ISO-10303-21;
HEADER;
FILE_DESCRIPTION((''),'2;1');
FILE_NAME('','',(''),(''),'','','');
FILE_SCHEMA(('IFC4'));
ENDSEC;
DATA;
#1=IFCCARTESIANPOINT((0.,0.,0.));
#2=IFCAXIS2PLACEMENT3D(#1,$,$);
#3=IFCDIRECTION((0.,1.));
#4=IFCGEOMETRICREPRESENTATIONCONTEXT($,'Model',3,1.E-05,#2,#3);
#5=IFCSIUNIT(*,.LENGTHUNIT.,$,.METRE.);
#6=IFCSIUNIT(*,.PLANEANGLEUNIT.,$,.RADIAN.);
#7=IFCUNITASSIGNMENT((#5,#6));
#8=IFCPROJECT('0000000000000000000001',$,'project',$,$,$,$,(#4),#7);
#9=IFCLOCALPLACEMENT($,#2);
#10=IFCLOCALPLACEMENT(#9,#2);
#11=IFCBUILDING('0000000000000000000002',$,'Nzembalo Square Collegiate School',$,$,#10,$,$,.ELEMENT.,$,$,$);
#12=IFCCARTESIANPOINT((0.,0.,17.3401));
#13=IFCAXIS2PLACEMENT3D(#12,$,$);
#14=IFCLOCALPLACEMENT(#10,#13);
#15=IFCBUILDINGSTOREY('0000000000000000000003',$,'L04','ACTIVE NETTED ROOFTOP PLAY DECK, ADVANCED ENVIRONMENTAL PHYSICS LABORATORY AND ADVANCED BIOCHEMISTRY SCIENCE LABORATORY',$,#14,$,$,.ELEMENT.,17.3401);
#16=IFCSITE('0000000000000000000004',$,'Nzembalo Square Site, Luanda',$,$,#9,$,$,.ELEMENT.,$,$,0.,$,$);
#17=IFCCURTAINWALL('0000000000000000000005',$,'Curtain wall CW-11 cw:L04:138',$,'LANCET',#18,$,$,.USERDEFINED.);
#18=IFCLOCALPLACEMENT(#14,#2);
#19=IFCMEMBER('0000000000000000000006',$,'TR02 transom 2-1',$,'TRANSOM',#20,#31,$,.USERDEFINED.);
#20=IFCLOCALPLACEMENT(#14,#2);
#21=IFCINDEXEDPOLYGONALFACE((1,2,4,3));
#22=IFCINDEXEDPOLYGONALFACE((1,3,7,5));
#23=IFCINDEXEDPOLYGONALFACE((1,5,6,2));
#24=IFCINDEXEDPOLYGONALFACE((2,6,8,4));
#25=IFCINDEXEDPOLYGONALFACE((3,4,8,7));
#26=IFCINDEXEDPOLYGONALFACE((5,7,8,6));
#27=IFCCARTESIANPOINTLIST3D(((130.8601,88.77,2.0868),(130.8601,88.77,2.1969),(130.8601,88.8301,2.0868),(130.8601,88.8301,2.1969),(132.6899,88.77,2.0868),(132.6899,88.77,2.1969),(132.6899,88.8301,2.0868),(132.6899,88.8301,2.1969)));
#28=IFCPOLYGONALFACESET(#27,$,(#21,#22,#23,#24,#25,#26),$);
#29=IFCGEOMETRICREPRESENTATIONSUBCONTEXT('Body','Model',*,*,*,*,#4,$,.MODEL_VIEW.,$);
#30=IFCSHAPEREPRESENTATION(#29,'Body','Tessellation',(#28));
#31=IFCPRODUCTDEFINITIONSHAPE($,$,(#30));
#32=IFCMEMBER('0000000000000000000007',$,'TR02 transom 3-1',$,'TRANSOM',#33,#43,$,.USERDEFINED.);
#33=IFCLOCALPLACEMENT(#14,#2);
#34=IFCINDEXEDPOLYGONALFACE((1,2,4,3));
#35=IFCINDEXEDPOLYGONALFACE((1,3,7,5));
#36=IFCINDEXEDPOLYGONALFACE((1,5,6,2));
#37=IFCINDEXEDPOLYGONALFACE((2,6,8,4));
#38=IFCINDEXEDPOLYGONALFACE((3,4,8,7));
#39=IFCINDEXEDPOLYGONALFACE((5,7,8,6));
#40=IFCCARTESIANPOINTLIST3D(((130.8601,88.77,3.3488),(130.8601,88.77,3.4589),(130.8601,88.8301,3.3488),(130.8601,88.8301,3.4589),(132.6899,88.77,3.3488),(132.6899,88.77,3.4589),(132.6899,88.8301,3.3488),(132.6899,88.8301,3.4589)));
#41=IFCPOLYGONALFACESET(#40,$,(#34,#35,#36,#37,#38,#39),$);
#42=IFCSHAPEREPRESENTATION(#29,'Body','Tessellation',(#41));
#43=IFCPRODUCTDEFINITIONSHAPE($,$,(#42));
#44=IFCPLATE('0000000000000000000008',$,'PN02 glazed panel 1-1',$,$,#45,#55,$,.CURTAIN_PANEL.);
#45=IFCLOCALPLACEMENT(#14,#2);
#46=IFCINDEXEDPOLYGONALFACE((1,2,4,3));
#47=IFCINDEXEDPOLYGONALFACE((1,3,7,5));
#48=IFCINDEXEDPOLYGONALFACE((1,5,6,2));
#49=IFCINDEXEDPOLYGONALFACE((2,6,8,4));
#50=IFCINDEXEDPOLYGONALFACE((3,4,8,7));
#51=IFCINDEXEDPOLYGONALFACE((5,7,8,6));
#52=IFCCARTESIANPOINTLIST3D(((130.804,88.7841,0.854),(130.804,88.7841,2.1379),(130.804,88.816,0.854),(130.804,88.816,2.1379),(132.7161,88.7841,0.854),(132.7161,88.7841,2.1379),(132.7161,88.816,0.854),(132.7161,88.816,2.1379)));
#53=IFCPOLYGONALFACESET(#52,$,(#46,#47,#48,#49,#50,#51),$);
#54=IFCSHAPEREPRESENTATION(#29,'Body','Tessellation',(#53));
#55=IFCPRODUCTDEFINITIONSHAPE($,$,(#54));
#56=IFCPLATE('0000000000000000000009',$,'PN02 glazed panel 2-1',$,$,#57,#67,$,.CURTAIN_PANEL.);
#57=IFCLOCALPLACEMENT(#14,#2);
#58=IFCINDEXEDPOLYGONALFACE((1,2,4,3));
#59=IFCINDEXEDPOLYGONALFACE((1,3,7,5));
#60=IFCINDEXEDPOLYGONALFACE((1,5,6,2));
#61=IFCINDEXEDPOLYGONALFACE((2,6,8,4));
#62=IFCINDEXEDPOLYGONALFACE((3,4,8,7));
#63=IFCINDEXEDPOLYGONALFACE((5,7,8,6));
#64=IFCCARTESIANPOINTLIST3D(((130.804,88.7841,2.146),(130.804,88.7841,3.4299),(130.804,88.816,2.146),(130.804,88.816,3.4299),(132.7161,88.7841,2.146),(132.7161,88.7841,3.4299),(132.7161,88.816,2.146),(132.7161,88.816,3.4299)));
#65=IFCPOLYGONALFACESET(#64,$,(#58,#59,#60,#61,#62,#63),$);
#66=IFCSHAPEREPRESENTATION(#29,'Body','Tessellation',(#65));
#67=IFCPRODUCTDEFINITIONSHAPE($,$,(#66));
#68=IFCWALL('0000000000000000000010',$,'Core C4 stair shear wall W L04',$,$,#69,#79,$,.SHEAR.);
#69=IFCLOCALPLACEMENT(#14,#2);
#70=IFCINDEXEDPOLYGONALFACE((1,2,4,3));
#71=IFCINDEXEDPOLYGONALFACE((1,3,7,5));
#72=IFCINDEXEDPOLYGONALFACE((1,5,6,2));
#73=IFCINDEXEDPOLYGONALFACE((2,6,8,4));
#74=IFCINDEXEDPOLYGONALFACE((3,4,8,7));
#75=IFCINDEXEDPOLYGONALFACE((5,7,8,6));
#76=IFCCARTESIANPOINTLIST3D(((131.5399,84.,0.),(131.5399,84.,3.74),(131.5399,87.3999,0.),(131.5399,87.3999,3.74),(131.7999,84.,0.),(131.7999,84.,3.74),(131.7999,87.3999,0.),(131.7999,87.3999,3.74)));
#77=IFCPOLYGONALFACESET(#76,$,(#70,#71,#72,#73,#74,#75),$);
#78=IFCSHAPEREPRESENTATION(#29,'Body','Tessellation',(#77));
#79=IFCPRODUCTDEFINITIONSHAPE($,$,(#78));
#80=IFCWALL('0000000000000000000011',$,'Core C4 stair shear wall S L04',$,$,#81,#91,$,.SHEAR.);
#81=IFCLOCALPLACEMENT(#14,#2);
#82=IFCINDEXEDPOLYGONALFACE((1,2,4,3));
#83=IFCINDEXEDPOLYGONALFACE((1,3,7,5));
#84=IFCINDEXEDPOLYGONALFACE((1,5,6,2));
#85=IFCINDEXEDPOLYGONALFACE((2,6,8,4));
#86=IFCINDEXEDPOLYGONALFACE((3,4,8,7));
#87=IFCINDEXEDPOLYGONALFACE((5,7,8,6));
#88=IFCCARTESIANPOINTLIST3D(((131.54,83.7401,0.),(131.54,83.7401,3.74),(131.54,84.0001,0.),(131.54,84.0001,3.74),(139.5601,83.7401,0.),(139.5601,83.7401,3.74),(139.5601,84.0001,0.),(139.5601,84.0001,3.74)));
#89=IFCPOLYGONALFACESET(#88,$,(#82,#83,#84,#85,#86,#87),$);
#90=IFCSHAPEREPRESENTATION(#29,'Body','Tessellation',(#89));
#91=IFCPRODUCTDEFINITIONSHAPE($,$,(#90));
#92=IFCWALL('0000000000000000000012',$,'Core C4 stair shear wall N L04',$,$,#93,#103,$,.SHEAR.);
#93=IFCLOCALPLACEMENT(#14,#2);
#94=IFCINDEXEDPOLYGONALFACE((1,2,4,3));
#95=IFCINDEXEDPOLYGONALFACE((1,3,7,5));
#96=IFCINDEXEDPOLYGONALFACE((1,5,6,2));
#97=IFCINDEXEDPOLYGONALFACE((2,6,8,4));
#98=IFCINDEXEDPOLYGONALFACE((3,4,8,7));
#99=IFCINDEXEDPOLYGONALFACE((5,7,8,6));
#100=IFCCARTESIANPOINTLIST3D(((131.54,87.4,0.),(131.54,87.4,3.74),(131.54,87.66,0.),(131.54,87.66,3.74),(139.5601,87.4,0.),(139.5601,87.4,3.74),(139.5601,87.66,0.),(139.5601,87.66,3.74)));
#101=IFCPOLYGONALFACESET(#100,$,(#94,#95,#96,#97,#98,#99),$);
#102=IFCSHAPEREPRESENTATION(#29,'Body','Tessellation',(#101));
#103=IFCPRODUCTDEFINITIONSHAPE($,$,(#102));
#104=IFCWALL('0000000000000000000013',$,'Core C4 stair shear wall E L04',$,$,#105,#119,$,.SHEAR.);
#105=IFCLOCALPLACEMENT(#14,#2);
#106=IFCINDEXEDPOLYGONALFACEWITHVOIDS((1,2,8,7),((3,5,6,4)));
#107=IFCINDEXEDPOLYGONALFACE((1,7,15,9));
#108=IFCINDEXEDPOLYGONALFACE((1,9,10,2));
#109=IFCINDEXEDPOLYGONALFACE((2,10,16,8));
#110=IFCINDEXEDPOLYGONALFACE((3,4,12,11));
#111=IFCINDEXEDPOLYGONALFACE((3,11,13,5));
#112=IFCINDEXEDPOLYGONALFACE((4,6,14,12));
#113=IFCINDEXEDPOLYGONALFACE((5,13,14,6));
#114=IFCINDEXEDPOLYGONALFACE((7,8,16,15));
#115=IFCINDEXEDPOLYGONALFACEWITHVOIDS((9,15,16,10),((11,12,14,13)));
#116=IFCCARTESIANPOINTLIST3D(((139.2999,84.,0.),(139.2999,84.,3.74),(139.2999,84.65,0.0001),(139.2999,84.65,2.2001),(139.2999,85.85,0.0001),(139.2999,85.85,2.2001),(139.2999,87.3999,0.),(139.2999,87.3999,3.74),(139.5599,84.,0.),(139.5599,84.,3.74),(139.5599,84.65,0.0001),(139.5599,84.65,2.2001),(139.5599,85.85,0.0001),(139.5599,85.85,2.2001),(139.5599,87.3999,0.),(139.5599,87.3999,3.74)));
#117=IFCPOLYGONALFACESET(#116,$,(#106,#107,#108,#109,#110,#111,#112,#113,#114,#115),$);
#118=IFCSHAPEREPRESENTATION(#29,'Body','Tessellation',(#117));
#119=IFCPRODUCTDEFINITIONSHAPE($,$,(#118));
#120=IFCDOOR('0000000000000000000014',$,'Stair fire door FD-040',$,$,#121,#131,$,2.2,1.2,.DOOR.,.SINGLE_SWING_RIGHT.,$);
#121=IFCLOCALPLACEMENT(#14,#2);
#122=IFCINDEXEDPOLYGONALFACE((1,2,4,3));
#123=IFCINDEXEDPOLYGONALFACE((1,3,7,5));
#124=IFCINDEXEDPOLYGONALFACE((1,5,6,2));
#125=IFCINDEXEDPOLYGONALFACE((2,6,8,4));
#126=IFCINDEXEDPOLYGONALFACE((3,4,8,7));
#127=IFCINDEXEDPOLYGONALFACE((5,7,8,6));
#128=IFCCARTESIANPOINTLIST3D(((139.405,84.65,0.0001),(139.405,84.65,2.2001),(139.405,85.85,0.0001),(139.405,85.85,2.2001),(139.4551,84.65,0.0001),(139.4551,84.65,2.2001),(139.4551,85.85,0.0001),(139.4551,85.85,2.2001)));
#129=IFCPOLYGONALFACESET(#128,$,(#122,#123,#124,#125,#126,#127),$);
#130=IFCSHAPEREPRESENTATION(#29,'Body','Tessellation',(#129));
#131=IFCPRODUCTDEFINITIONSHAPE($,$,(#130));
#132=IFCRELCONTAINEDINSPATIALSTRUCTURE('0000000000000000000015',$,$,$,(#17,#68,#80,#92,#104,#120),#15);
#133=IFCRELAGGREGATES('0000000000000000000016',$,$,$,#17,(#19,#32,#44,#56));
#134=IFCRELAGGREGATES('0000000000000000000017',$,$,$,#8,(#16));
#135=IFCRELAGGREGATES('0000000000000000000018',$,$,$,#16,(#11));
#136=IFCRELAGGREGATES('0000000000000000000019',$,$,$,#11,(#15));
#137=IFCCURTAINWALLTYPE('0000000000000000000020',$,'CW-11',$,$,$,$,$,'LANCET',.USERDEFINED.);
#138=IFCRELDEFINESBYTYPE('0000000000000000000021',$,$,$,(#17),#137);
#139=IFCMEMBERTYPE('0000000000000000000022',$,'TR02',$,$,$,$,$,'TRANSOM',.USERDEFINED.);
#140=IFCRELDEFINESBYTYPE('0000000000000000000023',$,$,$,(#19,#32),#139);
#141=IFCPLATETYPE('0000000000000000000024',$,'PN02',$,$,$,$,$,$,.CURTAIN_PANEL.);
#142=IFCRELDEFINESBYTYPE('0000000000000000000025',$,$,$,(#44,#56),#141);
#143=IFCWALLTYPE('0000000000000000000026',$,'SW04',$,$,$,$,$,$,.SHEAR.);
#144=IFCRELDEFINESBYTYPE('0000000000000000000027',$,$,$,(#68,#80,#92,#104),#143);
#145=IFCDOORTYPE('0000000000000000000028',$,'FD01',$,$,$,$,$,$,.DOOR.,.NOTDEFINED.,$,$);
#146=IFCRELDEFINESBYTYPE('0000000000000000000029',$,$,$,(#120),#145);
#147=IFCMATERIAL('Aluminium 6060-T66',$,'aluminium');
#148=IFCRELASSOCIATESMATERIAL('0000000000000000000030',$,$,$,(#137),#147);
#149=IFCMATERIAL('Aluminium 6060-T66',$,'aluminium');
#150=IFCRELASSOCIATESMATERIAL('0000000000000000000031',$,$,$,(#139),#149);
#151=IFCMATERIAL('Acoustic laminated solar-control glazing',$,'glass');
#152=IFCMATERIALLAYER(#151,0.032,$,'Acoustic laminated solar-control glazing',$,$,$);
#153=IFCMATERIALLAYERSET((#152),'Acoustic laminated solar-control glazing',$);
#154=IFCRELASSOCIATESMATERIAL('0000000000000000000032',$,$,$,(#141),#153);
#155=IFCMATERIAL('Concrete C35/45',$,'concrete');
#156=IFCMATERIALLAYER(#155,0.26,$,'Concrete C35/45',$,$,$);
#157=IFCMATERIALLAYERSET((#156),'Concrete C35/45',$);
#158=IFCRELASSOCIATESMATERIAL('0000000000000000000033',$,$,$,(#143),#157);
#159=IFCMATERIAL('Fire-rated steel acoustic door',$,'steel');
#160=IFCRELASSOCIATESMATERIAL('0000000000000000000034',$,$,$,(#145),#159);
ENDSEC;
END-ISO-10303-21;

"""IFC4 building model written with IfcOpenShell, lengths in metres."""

from ifc_helpers import new_model, si_unit, direction, frame, frame_2d, origin, origin_2d, place, context, subcontext, project, spatial, rectangle, extrude, material, layer, layer_set, material_profile, profile_set, type_object, element, fill, aggregate, save


model = new_model("IFC4")

# Units and contexts
model_context = context("Model", 3, precision=1e-05, world=origin(), true_north=direction((0.0, 1.0)))
body_context = subcontext(model_context, "Body", "Model", "MODEL_VIEW")
ifc_project = project(units=[si_unit("LENGTHUNIT", "METRE"), si_unit("PLANEANGLEUNIT", "RADIAN")], contexts=[model_context])

# Site, building, storey
site_placement = place(None, origin())
site = spatial("IfcSite", under=ifc_project, at=site_placement, Name="Nzembalo Square Site, Luanda", CompositionType="ELEMENT", RefElevation=0.0)
building_placement = place(site_placement, origin())
building = spatial("IfcBuilding", under=site, at=building_placement, Name="Nzembalo Square Collegiate School", CompositionType="ELEMENT")
storey_placement = place(building_placement, frame((0.0, 0.0, 17.3401)))
storey = spatial("IfcBuildingStorey", under=building, at=storey_placement, Name="L04", Description="ACTIVE NETTED ROOFTOP PLAY DECK, ADVANCED ENVIRONMENTAL PHYSICS LABORATORY AND ADVANCED BIOCHEMISTRY SCIENCE LABORATORY", CompositionType="ELEMENT", Elevation=17.3401)

# Curtain wall, members, plates
ifc_material_1 = material(Name="Aluminium 6060-T66", Category="aluminium")
curtain_wall_type = type_object("IfcCurtainWallType", Name="CW-11", ElementType="LANCET", PredefinedType="USERDEFINED", material=ifc_material_1)
curtain_wall_placement = place(storey_placement, origin())
curtain_wall = element("IfcCurtainWall", 1, at=curtain_wall_placement, inside=storey, type_object=curtain_wall_type, Name="Curtain wall CW-11 cw:L04:138", ObjectType="LANCET", PredefinedType="USERDEFINED")
ifc_material_2 = material(Name="Aluminium 6060-T66", Category="aluminium")
ifc_material_profile_1 = material_profile(ifc_material_2, rectangle(XDim=0.0601, YDim=0.1101, at=origin_2d()), Name="ALU T60x110")
ifc_profile_set_1 = profile_set([ifc_material_profile_1], Name="Aluminium 6060-T66")
member_type_1 = type_object("IfcMemberType", Name="TR02", ElementType="TRANSOM", PredefinedType="USERDEFINED", material=ifc_profile_set_1)
member_1_placement = place(storey_placement, frame((130.8601, 88.8, 2.1418), z_axis=(1.0, 0.0, 0.0), x_axis=(0.0, 1.0, 0.0)))
member_1 = element("IfcMember", 2, at=member_1_placement, type_object=member_type_1, Name="TR02 transom 2-1", ObjectType="TRANSOM", PredefinedType="USERDEFINED", context=body_context, shape_type="SweptSolid", body=[
    extrude(rectangle(XDim=0.0601, YDim=0.1101, at=origin_2d()), origin(), (0.0, 0.0, 1.0), 1.8298),
])
member_2_placement = place(storey_placement, frame((130.8601, 88.8, 3.4038), z_axis=(1.0, 0.0, 0.0), x_axis=(0.0, 1.0, 0.0)))
member_2 = element("IfcMember", 3, at=member_2_placement, type_object=member_type_1, Name="TR02 transom 3-1", ObjectType="TRANSOM", PredefinedType="USERDEFINED", context=body_context, shape_type="SweptSolid", body=[
    extrude(rectangle(XDim=0.0601, YDim=0.1101, at=origin_2d()), origin(), (0.0, 0.0, 1.0), 1.8298),
])
ifc_material_3 = material(Name="Acoustic laminated solar-control glazing", Category="glass")
ifc_layer_1 = layer(ifc_material_3, 0.032, Name="Acoustic laminated solar-control glazing")
ifc_layer_set_1 = layer_set([ifc_layer_1], Name="Acoustic laminated solar-control glazing")
plate_type = type_object("IfcPlateType", Name="PN02", PredefinedType="CURTAIN_PANEL", material=ifc_layer_set_1)
plate_1_placement = place(storey_placement, frame((131.76, 88.8, 0.854), z_axis=(0.0, 0.0, 1.0), x_axis=(1.0, 0.0, 0.0)))
plate_1 = element("IfcPlate", 4, at=plate_1_placement, type_object=plate_type, Name="PN02 glazed panel 1-1", PredefinedType="CURTAIN_PANEL", context=body_context, shape_type="SweptSolid", body=[
    extrude(rectangle(XDim=1.9121, YDim=0.032, at=origin_2d()), origin(), (0.0, 0.0, 1.0), 1.2839),
])
plate_2_placement = place(storey_placement, frame((131.76, 88.8, 2.146), z_axis=(0.0, 0.0, 1.0), x_axis=(1.0, 0.0, 0.0)))
plate_2 = element("IfcPlate", 5, at=plate_2_placement, type_object=plate_type, Name="PN02 glazed panel 2-1", PredefinedType="CURTAIN_PANEL", context=body_context, shape_type="SweptSolid", body=[
    extrude(rectangle(XDim=1.9121, YDim=0.032, at=origin_2d()), origin(), (0.0, 0.0, 1.0), 1.2839),
])
aggregate(curtain_wall, [member_1, member_2, plate_1, plate_2])

# Walls
ifc_material_4 = material(Name="Concrete C35/45", Category="concrete")
ifc_layer_2 = layer(ifc_material_4, 0.26, Name="Concrete C35/45")
ifc_layer_set_2 = layer_set([ifc_layer_2], Name="Concrete C35/45")
wall_type_1 = type_object("IfcWallType", Name="SW04", PredefinedType="SHEAR", material=ifc_layer_set_2)
wall_1_placement = place(storey_placement, frame((131.6699, 84.0, 0.0), z_axis=(0.0, 0.0, 1.0), x_axis=(0.0, 1.0, 0.0)))
element("IfcWall", 6, at=wall_1_placement, inside=storey, type_object=wall_type_1, Name="Core C4 stair shear wall W L04", PredefinedType="SHEAR", context=body_context, shape_type="SweptSolid", body=[
    extrude(rectangle(XDim=3.3999, YDim=0.26, at=frame_2d((1.7, 0.0))), origin(), (0.0, 0.0, 1.0), 3.74),
])
for number, where, z_axis, x_axis, name in (
    (7, (131.54, 83.8701, 0.0), (0.0, 0.0, 1.0), (1.0, 0.0, 0.0), "Core C4 stair shear wall S L04"),
    (8, (131.54, 87.53, 0.0), (0.0, 0.0, 1.0), (1.0, 0.0, 0.0), "Core C4 stair shear wall N L04"),
):
    element("IfcWall", number, at=place(storey_placement, frame(where, z_axis=z_axis, x_axis=x_axis)), inside=storey, type_object=wall_type_1, Name=name, PredefinedType="SHEAR", context=body_context, shape_type="SweptSolid", body=[
        extrude(rectangle(XDim=8.02, YDim=0.26, at=frame_2d((4.01, 0.0))), origin(), (0.0, 0.0, 1.0), 3.74),
    ])

# Wall, opening, door
wall_2_placement = place(storey_placement, frame((139.4299, 84.0, 0.0), z_axis=(0.0, 0.0, 1.0), x_axis=(0.0, 1.0, 0.0)))
wall_2 = element("IfcWall", 9, at=wall_2_placement, inside=storey, type_object=wall_type_1, Name="Core C4 stair shear wall E L04", PredefinedType="SHEAR", context=body_context, shape_type="SweptSolid", body=[
    extrude(rectangle(XDim=3.3999, YDim=0.26, at=frame_2d((1.7, 0.0))), origin(), (0.0, 0.0, 1.0), 3.74),
])
opening_1_placement = place(wall_2_placement, frame((0.6499, 0.0, 0.0)))
opening_1 = element("IfcOpeningElement", 10, at=opening_1_placement, cuts=wall_2, PredefinedType="OPENING", context=body_context, shape_type="SweptSolid", body=[
    extrude(rectangle(XDim=1.2, YDim=2.2, at=frame_2d((0.6001, 1.1001))), frame((0.0, 0.1401, 0.0), z_axis=(0.0, -1.0, 0.0), x_axis=(1.0, 0.0, 0.0)), (0.0, 0.0, 1.0), 0.28),
])
ifc_material_5 = material(Name="Fire-rated steel acoustic door", Category="steel")
door_type = type_object("IfcDoorType", Name="FD01", OperationType="NOTDEFINED", PredefinedType="DOOR", material=ifc_material_5)
door_placement = place(opening_1_placement, origin())
door = element("IfcDoor", 11, at=door_placement, inside=storey, type_object=door_type, Name="Stair fire door FD-040", OperationType="SINGLE_SWING_RIGHT", OverallHeight=2.2, OverallWidth=1.2, PredefinedType="DOOR", context=body_context, shape_type="SweptSolid", body=[
    extrude(rectangle(XDim=1.2, YDim=2.2, at=frame_2d((0.6001, 1.1001))), frame((0.0, 0.0249, 0.0), z_axis=(0.0, -1.0, 0.0), x_axis=(1.0, 0.0, 0.0)), (0.0, 0.0, 1.0), 0.05),
])
fill(opening_1, door)

save(model, "model.ifc")
